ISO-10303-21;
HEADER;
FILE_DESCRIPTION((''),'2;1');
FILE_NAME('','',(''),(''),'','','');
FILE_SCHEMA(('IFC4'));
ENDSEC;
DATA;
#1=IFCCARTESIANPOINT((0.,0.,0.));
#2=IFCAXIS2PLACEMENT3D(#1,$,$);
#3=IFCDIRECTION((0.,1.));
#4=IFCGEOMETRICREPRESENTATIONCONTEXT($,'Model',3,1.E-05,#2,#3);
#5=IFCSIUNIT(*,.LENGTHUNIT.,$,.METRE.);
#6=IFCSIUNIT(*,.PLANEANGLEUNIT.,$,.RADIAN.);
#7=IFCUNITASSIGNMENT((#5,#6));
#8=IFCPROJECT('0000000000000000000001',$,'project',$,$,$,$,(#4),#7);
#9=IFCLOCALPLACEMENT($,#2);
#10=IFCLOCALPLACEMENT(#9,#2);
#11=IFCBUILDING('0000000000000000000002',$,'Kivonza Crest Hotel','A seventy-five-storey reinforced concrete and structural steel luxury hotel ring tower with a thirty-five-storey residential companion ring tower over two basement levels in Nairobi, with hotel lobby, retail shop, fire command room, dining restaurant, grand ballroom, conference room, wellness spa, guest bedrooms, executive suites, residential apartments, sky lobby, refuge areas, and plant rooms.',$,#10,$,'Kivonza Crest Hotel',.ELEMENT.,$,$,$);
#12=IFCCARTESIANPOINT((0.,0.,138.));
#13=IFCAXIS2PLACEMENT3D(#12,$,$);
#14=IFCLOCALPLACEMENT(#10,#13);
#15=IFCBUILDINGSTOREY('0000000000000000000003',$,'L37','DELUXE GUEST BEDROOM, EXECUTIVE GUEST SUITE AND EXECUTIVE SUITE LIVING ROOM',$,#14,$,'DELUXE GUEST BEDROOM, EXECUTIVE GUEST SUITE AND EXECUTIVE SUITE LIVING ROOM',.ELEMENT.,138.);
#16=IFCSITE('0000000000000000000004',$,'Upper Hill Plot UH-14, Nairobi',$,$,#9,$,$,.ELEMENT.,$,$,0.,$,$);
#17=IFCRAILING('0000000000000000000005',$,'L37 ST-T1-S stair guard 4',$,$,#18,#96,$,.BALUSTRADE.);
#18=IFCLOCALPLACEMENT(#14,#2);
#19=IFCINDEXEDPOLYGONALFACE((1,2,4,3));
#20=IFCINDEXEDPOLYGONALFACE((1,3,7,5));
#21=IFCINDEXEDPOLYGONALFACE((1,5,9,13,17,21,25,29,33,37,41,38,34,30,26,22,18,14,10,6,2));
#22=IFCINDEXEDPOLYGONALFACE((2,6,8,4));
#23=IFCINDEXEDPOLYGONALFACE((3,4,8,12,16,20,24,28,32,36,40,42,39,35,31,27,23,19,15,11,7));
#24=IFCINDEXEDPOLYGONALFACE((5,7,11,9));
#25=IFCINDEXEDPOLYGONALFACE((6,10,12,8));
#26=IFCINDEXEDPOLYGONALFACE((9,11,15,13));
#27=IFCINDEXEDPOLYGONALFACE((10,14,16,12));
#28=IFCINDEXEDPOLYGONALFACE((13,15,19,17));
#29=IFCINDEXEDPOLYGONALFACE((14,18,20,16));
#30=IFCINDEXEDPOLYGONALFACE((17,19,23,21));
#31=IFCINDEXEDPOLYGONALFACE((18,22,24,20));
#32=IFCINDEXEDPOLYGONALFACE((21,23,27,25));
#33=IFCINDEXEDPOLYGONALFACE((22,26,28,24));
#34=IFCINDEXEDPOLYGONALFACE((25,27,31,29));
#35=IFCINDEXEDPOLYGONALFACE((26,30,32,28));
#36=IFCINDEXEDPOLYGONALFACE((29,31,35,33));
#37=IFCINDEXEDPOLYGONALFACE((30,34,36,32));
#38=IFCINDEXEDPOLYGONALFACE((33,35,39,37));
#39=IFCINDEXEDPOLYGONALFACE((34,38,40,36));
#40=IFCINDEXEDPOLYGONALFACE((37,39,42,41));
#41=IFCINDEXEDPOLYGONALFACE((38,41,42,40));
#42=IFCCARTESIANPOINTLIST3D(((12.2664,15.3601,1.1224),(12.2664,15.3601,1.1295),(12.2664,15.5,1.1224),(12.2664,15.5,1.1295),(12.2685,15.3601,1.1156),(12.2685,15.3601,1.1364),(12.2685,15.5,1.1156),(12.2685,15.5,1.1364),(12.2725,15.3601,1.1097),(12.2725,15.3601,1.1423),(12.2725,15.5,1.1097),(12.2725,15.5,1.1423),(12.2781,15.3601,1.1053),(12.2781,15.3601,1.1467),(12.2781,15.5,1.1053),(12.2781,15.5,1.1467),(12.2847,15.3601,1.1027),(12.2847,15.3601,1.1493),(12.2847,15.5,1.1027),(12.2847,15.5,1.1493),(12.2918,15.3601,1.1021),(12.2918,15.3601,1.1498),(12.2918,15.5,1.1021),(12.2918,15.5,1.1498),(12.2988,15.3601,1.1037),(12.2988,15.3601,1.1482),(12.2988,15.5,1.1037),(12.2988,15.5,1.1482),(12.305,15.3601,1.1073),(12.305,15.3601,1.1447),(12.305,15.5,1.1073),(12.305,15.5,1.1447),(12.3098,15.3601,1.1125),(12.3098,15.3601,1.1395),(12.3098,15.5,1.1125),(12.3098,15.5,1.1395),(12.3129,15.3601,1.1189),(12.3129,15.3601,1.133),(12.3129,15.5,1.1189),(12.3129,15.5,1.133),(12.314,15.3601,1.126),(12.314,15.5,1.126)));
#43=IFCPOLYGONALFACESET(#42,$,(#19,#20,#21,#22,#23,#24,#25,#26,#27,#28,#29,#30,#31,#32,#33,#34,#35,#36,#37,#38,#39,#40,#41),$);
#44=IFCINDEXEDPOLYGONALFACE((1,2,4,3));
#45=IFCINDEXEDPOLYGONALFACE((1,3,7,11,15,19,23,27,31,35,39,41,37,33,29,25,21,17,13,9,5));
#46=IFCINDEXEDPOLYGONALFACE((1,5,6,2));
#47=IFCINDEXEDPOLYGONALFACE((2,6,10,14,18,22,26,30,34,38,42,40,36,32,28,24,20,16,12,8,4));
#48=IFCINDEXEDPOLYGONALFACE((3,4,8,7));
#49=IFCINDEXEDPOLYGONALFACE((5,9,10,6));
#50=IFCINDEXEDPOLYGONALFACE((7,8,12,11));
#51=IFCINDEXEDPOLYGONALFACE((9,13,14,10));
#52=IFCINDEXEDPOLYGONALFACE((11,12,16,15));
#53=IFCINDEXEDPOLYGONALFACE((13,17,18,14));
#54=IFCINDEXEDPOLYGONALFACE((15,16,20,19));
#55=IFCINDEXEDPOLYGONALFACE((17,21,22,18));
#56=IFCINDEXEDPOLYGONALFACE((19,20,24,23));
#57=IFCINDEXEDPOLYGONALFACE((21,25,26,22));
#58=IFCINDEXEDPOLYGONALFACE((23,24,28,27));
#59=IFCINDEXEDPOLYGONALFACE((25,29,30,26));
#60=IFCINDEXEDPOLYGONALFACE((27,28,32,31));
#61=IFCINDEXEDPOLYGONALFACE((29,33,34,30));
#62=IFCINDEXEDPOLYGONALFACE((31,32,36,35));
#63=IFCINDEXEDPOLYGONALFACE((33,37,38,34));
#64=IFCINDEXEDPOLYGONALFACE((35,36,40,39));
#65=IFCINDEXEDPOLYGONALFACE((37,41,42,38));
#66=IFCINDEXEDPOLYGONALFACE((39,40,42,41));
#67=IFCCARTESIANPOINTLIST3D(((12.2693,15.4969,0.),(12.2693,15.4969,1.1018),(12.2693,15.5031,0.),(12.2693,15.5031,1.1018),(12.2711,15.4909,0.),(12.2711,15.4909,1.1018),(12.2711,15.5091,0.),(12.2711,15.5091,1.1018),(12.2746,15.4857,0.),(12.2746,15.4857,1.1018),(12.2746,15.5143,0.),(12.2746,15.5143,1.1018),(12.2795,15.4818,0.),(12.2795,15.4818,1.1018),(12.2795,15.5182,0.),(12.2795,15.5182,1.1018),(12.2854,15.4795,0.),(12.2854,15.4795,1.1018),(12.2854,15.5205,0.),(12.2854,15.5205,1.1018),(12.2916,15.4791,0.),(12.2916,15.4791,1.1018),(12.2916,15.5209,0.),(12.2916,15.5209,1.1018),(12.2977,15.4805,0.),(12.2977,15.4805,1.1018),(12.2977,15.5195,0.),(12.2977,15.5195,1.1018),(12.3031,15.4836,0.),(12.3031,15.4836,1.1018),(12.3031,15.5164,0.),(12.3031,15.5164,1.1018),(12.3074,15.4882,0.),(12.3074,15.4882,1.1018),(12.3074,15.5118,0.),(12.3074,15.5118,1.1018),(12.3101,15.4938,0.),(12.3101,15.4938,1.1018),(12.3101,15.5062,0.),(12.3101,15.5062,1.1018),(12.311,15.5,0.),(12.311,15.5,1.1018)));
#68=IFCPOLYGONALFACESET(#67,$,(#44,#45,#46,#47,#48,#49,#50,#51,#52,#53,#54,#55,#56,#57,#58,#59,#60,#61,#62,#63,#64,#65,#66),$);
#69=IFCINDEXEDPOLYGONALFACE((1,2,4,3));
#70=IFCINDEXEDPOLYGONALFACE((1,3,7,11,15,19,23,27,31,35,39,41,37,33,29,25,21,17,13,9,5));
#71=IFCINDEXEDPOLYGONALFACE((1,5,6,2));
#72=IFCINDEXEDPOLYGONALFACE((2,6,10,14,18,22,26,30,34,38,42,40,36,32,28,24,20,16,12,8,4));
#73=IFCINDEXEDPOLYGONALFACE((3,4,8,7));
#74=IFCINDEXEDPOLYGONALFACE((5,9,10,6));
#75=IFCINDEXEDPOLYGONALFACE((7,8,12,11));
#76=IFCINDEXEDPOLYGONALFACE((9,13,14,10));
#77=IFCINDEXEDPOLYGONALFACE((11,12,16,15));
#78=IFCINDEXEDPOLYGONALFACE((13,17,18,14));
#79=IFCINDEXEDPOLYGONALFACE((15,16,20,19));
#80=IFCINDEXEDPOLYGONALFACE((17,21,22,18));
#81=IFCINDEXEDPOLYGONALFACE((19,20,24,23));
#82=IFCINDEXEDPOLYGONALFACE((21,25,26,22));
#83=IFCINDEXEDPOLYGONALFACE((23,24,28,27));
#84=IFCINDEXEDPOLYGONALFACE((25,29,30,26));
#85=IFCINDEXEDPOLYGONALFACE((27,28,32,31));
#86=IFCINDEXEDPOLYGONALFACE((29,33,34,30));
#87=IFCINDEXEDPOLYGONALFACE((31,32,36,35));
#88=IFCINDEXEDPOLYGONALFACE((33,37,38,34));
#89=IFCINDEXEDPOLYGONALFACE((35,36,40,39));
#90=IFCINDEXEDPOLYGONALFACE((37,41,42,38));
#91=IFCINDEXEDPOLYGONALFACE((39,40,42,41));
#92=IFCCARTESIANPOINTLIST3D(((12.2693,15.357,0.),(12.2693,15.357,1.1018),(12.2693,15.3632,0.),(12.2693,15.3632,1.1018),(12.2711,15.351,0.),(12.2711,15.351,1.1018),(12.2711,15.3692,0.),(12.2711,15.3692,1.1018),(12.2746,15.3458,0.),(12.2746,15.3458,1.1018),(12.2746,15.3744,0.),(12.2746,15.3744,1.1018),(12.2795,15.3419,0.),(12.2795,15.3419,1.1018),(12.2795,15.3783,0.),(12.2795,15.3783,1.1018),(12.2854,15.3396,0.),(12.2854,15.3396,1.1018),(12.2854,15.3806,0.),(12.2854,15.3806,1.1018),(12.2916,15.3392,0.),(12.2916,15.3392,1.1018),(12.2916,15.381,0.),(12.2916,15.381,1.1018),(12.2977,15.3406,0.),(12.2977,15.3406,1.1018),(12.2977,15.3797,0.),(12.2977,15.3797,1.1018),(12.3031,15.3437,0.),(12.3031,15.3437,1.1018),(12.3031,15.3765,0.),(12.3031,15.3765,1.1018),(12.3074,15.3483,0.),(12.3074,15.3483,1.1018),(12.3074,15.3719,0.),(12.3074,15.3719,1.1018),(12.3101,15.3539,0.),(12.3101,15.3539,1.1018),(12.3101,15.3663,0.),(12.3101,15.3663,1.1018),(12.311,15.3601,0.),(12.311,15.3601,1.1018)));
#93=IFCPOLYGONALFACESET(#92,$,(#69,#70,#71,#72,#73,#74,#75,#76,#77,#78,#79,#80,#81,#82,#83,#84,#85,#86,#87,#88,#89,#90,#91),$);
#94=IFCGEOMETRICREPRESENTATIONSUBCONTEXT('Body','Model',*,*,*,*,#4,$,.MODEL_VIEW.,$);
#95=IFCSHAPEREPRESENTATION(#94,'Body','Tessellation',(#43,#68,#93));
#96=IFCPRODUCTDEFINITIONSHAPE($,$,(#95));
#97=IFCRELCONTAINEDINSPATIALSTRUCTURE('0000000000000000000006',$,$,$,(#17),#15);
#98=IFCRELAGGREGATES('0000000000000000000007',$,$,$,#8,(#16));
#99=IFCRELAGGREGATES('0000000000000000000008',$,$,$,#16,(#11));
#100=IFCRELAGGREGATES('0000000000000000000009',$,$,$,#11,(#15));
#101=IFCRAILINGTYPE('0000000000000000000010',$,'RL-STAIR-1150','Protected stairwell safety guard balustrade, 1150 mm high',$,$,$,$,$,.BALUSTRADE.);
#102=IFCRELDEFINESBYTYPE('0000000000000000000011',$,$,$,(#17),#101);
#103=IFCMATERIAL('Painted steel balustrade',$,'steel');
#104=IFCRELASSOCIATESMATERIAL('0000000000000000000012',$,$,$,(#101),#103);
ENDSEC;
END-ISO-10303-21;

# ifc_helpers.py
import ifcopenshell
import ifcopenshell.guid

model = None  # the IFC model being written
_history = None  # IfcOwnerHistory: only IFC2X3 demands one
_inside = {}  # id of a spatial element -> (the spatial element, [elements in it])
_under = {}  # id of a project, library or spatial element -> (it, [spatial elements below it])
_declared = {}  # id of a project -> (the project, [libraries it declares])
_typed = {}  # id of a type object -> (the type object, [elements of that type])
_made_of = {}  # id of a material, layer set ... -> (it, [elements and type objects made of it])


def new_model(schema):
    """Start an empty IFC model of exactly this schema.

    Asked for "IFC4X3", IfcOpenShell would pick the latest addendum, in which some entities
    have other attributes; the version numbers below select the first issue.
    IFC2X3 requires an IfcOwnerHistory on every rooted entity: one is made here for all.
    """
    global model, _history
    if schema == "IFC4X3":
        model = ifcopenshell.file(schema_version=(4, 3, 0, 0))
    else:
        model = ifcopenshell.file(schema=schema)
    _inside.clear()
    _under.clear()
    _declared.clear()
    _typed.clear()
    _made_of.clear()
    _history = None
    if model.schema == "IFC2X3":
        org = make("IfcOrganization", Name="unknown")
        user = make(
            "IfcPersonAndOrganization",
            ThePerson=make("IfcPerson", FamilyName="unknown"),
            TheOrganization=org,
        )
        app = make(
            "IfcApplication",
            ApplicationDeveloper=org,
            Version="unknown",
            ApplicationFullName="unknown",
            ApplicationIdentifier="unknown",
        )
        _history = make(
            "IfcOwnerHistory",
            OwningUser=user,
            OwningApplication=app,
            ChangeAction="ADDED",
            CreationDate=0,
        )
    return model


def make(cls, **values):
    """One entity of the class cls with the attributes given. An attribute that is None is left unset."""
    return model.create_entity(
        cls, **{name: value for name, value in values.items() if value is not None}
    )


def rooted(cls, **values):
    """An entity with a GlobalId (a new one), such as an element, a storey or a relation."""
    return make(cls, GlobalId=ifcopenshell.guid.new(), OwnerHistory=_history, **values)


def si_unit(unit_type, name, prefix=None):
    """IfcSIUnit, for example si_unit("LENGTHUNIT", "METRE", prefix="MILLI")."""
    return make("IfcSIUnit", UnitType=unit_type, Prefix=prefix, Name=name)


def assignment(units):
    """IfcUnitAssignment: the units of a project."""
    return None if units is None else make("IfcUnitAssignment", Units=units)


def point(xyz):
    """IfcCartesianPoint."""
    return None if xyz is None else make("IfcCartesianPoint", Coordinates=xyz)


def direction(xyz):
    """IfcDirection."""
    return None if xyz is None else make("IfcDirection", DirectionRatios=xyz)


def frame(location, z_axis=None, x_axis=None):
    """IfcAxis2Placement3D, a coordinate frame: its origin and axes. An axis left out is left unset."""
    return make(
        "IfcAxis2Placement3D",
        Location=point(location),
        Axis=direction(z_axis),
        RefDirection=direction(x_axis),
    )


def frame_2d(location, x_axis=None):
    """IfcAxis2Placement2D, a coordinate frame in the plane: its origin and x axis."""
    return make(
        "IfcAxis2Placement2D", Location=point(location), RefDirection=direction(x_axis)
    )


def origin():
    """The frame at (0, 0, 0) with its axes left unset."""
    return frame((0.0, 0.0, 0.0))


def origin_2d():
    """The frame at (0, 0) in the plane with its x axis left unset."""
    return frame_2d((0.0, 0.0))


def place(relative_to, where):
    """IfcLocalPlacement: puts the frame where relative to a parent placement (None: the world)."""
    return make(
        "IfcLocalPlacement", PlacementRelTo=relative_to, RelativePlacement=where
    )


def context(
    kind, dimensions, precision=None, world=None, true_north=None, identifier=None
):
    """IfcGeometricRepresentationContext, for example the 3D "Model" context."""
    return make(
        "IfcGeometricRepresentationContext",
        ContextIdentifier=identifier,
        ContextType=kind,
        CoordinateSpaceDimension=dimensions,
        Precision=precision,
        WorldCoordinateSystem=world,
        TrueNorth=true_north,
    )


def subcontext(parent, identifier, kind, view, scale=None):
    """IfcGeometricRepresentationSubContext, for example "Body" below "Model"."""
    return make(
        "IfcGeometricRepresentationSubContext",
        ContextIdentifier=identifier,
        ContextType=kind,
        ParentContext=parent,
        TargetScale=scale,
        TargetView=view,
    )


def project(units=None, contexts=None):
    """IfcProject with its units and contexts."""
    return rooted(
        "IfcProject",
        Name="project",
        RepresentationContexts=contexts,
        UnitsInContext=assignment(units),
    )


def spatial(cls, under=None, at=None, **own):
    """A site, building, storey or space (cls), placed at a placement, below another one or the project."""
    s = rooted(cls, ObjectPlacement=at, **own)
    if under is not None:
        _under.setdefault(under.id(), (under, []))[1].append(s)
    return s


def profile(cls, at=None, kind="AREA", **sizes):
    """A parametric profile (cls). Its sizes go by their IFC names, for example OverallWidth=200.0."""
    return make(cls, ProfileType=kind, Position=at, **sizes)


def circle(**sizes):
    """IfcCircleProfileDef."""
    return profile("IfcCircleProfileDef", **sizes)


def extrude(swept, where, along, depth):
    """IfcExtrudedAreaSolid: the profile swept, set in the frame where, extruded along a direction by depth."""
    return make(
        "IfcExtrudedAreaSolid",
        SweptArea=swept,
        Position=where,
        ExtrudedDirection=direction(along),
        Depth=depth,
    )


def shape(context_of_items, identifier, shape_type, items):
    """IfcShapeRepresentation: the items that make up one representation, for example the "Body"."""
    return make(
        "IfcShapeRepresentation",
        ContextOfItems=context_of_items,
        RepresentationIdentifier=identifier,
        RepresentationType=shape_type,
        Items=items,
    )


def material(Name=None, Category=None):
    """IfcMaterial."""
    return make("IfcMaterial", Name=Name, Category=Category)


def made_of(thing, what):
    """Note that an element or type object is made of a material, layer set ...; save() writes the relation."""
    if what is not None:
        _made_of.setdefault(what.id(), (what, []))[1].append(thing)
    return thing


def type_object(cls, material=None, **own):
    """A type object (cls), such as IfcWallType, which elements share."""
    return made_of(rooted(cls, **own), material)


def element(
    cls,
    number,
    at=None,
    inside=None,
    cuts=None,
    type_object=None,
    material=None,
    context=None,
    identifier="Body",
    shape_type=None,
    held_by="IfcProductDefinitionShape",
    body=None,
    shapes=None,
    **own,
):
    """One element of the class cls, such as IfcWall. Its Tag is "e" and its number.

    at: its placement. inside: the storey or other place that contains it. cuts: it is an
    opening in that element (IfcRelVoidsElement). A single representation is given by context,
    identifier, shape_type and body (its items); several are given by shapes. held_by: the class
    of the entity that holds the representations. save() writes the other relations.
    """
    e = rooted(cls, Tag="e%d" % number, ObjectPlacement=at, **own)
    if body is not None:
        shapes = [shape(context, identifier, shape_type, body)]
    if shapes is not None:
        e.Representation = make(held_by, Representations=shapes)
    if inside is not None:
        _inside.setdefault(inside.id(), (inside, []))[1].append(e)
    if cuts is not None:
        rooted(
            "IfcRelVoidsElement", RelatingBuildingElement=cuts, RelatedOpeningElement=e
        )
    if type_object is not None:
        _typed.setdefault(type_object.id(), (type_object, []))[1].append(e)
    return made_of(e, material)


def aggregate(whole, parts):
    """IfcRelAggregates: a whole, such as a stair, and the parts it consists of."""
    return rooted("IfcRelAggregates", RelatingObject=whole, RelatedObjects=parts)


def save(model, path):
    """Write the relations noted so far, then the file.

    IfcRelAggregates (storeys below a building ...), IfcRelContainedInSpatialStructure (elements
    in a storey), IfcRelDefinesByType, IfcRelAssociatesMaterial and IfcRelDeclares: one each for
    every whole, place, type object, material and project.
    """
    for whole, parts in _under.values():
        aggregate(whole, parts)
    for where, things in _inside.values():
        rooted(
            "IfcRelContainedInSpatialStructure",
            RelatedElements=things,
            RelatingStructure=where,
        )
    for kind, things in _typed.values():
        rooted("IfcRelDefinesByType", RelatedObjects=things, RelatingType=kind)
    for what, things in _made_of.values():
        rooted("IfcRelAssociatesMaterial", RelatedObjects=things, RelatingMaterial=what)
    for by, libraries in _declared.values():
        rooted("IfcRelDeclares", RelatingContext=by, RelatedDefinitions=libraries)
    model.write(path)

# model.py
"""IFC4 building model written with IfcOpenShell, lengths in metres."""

from ifc_helpers import new_model, si_unit, direction, frame, origin, origin_2d, place, context, subcontext, project, spatial, circle, extrude, material, type_object, element, save


model = new_model("IFC4")

# Units and contexts
model_context = context("Model", 3, precision=1e-05, world=origin(), true_north=direction((0.0, 1.0)))
body_context = subcontext(model_context, "Body", "Model", "MODEL_VIEW")
ifc_project = project(units=[si_unit("LENGTHUNIT", "METRE"), si_unit("PLANEANGLEUNIT", "RADIAN")], contexts=[model_context])

# Site, building, storey
site_placement = place(None, origin())
site = spatial("IfcSite", under=ifc_project, at=site_placement, Name="Upper Hill Plot UH-14, Nairobi", CompositionType="ELEMENT", RefElevation=0.0)
building_placement = place(site_placement, origin())
building = spatial("IfcBuilding", under=site, at=building_placement, Name="Kivonza Crest Hotel", Description="A seventy-five-storey reinforced concrete and structural steel luxury hotel ring tower with a thirty-five-storey residential companion ring tower over two basement levels in Nairobi, with hotel lobby, retail shop, fire command room, dining restaurant, grand ballroom, conference room, wellness spa, guest bedrooms, executive suites, residential apartments, sky lobby, refuge areas, and plant rooms.", LongName="Kivonza Crest Hotel", CompositionType="ELEMENT")
storey_placement = place(building_placement, frame((0.0, 0.0, 138.0)))
storey = spatial("IfcBuildingStorey", under=building, at=storey_placement, Name="L37", Description="DELUXE GUEST BEDROOM, EXECUTIVE GUEST SUITE AND EXECUTIVE SUITE LIVING ROOM", LongName="DELUXE GUEST BEDROOM, EXECUTIVE GUEST SUITE AND EXECUTIVE SUITE LIVING ROOM", CompositionType="ELEMENT", Elevation=138.0)

# Railing
ifc_material_1 = material(Name="Painted steel balustrade", Category="steel")
railing_type_1 = type_object("IfcRailingType", Name="RL-STAIR-1150", Description="Protected stairwell safety guard balustrade, 1150 mm high", PredefinedType="BALUSTRADE", material=ifc_material_1)
railing_1_placement = place(storey_placement, frame((12.29, 15.5, 0.0)))
element("IfcRailing", 1, at=railing_1_placement, inside=storey, type_object=railing_type_1, Name="L37 ST-T1-S stair guard 4", PredefinedType="BALUSTRADE", context=body_context, shape_type="SweptSolid", body=[
    extrude(circle(Radius=0.0239, at=origin_2d()), frame((0.0, 0.0, 1.126), z_axis=(0.0, -1.0, 0.0), x_axis=(1.0, 0.0, 0.0)), (0.0, 0.0, 1.0), 0.1399),
    extrude(circle(Radius=0.021, at=origin_2d()), origin(), (0.0, 0.0, 1.0), 1.1018),
    extrude(circle(Radius=0.021, at=origin_2d()), frame((0.0, -0.1399, 0.0)), (0.0, 0.0, 1.0), 1.1018),
])

save(model, "model.ifc")
